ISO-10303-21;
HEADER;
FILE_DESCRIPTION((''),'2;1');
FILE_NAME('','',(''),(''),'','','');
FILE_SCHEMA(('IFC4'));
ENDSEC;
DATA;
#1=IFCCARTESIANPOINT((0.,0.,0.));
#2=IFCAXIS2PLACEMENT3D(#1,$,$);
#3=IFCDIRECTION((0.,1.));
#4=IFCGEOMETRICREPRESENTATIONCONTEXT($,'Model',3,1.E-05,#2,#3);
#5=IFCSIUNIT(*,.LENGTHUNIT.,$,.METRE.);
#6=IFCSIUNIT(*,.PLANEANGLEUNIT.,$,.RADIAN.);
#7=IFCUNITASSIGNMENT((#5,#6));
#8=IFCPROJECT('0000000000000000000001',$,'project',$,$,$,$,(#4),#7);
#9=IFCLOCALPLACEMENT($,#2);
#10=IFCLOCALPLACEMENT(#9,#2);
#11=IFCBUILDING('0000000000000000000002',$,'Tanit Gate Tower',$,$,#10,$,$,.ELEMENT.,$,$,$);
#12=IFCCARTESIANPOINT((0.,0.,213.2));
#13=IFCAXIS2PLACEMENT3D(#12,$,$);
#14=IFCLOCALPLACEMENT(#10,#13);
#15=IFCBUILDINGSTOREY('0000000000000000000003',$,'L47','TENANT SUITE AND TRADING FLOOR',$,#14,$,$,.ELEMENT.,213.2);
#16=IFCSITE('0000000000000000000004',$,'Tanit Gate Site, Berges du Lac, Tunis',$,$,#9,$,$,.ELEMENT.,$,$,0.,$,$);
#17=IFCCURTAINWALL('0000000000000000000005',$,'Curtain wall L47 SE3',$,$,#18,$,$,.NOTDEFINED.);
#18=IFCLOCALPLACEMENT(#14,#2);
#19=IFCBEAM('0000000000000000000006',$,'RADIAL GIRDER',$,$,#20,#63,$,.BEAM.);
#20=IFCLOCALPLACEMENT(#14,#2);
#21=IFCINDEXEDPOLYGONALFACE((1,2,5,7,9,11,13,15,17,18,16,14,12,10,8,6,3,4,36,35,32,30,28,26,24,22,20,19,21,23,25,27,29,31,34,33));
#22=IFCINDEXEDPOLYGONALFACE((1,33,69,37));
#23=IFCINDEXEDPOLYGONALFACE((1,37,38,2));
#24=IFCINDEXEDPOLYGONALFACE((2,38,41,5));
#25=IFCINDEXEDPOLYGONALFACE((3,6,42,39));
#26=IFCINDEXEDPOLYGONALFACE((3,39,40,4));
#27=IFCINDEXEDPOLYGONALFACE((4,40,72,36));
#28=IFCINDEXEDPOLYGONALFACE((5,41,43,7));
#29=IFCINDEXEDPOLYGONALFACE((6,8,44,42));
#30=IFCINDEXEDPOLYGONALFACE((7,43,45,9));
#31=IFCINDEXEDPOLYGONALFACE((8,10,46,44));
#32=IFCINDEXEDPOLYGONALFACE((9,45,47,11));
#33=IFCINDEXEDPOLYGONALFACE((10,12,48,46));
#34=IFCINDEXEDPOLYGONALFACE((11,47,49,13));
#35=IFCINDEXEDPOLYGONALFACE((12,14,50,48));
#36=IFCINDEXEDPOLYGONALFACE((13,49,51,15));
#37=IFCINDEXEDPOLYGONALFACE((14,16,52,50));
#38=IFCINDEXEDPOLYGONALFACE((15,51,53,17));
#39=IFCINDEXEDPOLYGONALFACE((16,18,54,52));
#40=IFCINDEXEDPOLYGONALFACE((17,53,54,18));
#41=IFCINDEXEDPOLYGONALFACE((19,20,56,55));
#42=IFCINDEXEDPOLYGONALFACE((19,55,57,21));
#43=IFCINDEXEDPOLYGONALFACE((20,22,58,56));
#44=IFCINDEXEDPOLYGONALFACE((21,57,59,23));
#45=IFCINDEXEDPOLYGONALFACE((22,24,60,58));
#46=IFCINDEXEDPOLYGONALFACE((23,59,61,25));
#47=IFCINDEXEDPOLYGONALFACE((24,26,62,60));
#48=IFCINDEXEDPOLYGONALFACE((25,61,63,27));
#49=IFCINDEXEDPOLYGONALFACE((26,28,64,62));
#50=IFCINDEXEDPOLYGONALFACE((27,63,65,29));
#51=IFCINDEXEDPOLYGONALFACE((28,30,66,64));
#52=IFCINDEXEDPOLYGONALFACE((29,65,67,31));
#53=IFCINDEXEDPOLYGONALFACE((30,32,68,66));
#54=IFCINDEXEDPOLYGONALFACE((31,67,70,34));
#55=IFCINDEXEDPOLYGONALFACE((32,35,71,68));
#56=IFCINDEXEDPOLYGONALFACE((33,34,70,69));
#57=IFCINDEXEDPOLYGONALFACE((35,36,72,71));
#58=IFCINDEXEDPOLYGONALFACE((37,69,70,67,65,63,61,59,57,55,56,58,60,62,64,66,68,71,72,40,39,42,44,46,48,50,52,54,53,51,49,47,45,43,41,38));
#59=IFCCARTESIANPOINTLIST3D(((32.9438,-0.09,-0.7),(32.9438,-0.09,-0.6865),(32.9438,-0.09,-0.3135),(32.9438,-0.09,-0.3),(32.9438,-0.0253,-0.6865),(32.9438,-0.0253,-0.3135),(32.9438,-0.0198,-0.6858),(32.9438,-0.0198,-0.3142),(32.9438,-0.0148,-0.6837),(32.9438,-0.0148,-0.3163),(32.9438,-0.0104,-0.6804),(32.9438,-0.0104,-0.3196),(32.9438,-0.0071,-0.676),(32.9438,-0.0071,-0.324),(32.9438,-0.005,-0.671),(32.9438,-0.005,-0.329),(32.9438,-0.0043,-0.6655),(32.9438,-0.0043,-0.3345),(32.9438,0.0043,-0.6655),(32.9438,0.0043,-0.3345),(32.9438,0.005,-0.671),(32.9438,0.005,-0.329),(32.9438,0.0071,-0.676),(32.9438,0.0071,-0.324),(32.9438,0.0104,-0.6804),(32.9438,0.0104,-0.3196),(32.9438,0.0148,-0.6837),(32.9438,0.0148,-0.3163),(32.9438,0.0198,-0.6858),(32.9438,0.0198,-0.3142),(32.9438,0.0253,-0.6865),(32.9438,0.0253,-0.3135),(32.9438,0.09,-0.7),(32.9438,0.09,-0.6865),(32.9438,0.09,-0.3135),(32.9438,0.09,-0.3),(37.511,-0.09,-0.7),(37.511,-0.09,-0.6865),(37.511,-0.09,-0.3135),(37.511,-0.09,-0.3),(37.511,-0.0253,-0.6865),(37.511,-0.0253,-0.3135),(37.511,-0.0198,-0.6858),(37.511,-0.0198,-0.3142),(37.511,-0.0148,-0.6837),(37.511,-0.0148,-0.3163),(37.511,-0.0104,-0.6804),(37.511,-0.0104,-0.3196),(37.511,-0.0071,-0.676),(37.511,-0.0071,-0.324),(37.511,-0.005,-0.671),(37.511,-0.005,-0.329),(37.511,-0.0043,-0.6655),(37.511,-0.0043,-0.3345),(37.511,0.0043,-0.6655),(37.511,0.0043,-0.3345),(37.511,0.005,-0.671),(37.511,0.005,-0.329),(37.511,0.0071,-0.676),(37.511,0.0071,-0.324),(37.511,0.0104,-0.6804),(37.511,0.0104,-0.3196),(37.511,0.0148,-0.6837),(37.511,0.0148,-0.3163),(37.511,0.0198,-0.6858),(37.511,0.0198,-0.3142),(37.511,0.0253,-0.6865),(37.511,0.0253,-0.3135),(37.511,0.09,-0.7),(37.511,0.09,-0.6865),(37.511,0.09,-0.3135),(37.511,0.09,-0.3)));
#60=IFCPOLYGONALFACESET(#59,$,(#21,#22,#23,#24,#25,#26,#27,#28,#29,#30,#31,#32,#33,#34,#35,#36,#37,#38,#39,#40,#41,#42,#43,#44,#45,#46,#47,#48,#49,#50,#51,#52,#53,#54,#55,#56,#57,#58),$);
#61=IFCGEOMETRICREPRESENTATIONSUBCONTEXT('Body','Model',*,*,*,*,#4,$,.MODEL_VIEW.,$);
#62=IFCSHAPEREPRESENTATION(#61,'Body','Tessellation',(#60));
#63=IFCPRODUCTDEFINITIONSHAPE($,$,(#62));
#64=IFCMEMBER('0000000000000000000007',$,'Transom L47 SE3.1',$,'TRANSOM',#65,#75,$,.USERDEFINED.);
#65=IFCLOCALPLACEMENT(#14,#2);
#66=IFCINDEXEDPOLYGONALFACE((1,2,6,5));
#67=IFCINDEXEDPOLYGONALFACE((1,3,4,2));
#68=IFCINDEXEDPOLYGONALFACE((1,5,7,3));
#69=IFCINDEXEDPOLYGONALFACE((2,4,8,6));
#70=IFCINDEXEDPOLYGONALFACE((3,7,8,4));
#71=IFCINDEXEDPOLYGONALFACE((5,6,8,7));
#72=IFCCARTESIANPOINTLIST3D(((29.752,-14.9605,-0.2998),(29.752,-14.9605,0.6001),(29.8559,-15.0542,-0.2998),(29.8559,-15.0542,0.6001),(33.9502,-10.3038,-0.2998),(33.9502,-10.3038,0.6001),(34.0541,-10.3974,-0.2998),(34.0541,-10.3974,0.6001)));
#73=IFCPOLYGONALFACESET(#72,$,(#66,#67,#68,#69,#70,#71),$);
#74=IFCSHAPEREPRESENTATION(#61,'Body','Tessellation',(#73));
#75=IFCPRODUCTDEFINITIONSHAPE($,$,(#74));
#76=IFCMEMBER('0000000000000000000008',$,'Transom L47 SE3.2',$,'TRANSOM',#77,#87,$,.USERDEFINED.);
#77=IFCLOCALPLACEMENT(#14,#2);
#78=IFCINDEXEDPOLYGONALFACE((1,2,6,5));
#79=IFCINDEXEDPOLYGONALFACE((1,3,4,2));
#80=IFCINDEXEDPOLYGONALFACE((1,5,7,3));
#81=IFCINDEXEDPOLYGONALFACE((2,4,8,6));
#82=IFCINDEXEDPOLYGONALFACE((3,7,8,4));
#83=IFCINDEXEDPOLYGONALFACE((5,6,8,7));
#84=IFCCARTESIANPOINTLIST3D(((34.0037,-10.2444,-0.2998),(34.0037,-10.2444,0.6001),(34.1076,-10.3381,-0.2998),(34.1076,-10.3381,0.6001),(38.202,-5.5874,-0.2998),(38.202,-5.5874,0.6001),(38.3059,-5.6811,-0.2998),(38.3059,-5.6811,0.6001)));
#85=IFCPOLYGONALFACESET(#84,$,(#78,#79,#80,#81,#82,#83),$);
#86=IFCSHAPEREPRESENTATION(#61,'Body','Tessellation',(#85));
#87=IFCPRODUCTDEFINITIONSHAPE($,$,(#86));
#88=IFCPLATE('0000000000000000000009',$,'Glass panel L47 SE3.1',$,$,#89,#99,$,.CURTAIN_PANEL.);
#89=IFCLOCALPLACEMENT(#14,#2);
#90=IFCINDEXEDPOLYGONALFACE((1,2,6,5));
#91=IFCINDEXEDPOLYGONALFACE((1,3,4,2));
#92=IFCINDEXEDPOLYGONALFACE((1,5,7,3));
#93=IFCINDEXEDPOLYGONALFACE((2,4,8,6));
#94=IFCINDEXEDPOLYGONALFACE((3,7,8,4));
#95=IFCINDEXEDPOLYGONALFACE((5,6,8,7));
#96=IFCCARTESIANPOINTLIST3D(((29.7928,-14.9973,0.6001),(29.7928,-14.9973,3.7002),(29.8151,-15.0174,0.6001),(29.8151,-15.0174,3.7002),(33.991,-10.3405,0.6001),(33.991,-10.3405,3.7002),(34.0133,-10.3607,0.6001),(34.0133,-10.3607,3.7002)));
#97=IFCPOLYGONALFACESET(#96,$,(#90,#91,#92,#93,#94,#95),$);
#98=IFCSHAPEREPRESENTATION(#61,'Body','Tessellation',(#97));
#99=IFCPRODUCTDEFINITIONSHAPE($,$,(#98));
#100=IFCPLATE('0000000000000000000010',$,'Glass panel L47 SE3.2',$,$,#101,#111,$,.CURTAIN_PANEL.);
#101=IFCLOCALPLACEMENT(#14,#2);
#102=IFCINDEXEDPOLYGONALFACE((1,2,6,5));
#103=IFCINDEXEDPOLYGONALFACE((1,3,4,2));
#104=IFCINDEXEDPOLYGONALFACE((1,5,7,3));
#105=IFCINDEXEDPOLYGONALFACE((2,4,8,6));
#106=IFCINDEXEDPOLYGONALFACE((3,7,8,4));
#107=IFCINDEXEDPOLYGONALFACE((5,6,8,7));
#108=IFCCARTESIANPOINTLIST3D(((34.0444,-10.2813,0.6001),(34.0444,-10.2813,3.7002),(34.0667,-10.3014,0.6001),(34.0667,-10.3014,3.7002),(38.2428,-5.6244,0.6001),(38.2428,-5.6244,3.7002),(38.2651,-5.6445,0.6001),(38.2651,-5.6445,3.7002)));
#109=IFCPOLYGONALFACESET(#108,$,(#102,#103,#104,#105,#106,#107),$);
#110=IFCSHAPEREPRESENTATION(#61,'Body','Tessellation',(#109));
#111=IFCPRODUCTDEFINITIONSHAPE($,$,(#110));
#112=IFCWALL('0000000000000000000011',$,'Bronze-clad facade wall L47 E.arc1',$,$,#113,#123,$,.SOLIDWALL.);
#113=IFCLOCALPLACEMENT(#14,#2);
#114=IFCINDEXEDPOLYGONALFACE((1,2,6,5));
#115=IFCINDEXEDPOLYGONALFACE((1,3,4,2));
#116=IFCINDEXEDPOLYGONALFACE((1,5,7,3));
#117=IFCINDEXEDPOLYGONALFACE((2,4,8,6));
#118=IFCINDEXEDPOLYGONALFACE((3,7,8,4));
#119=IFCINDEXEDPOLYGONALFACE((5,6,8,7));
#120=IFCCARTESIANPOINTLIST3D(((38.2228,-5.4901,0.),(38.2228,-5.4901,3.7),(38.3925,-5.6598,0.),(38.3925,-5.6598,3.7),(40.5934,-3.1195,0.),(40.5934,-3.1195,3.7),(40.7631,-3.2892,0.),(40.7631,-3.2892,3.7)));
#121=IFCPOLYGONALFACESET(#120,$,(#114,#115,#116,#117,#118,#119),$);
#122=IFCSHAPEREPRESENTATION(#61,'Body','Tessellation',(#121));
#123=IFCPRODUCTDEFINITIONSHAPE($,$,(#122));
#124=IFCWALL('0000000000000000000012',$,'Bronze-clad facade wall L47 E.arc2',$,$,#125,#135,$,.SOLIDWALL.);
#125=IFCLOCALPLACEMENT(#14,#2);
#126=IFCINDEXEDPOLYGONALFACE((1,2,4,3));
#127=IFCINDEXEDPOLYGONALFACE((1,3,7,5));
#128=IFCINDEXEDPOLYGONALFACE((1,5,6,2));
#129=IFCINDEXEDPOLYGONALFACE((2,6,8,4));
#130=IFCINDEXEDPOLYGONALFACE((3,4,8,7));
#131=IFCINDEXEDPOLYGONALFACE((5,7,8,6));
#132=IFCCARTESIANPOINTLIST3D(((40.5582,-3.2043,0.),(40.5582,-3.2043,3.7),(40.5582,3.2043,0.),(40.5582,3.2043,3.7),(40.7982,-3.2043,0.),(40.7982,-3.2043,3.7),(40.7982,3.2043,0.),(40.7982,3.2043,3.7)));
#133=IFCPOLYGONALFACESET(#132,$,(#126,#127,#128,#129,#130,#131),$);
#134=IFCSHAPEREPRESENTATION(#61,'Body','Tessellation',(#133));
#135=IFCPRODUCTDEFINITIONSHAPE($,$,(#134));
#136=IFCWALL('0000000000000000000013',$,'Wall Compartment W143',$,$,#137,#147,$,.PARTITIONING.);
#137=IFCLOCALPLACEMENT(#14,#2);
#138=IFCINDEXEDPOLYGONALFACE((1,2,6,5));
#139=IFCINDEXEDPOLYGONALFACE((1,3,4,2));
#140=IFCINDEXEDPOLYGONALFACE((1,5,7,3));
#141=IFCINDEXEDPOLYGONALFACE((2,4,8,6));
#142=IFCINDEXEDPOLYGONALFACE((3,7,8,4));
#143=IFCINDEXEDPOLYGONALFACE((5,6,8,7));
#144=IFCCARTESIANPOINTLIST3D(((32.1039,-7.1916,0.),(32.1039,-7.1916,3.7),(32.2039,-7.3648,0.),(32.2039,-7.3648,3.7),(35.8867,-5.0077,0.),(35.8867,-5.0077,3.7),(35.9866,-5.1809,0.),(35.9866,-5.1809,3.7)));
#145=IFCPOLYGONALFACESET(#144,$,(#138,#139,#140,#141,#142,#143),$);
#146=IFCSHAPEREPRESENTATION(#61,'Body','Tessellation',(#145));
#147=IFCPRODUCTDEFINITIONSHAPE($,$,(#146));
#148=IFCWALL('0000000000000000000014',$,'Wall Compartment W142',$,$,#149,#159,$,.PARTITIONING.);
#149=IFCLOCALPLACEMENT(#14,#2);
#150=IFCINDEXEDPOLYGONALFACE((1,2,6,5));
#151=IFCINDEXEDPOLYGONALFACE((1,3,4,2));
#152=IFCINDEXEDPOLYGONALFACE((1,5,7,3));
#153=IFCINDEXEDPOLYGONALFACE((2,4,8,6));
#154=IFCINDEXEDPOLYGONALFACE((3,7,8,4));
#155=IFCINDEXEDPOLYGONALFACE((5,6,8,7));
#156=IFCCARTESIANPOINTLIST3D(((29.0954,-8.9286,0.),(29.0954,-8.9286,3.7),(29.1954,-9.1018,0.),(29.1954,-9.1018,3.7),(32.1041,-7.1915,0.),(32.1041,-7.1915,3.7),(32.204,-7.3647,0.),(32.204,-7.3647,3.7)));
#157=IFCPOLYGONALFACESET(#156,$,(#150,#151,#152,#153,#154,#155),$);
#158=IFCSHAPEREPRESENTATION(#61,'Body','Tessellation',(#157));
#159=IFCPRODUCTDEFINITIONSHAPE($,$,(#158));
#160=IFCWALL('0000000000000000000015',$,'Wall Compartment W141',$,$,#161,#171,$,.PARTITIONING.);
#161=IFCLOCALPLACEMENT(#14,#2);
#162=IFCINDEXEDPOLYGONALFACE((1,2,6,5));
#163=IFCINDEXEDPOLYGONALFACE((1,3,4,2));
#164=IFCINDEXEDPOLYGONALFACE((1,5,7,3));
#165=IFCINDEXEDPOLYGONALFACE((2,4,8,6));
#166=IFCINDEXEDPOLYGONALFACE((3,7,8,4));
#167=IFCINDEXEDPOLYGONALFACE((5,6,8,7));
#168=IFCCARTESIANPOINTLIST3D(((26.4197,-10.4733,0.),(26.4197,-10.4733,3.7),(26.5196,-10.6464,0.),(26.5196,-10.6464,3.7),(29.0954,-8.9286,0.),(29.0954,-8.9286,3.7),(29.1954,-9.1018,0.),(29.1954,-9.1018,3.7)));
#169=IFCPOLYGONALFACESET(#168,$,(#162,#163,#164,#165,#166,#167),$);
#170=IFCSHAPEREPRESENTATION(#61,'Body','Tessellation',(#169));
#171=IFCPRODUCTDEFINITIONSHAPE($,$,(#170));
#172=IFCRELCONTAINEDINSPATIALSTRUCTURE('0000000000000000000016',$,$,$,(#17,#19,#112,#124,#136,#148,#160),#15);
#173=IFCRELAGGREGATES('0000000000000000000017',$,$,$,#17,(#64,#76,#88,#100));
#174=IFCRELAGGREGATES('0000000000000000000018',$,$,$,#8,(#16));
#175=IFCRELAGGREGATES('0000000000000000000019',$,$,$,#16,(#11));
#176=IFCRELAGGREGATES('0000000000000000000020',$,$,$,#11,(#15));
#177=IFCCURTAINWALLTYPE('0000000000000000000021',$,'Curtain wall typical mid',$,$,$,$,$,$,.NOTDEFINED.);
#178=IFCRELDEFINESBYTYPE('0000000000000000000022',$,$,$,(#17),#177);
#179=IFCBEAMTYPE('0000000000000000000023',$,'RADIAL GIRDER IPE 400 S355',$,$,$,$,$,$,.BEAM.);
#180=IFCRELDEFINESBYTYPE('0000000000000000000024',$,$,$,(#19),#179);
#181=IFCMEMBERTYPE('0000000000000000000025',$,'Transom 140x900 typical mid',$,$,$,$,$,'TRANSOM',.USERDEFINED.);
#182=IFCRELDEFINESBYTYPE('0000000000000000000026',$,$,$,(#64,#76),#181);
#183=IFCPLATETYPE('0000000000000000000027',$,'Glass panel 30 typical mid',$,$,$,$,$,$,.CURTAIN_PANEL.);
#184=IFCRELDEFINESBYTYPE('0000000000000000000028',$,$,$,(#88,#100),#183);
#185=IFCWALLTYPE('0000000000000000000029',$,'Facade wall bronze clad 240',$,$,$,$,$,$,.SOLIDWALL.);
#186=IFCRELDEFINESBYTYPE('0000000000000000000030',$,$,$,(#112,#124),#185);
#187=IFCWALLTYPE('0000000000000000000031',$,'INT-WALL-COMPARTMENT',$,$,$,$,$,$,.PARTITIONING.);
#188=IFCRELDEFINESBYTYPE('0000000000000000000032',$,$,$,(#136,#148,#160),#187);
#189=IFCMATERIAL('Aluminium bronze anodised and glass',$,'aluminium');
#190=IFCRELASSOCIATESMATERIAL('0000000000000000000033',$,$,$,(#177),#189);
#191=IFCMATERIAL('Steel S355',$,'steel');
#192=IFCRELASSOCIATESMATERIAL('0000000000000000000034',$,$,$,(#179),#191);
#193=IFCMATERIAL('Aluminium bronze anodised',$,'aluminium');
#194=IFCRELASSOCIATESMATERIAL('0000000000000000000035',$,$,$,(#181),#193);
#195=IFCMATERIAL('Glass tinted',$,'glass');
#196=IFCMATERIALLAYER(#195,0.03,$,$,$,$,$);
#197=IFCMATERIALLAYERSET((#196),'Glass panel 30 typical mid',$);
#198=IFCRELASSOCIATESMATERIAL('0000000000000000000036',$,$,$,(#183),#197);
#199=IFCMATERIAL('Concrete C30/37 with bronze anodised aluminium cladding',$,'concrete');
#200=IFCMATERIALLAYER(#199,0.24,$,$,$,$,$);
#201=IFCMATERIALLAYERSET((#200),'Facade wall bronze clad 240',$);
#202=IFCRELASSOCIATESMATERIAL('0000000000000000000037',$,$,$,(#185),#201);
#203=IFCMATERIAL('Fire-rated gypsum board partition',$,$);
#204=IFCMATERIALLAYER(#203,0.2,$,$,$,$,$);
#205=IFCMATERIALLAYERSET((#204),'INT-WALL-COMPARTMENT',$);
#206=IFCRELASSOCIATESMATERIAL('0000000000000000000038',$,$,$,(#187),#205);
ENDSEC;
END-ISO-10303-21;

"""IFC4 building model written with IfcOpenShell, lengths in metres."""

from ifc_helpers import new_model, si_unit, direction, frame, frame_2d, origin, origin_2d, place, context, subcontext, project, spatial, rectangle, i_section, extrude, material, layer, layer_set, material_profile, profile_set, type_object, element, aggregate, save


model = new_model("IFC4")

# Units and contexts
model_context = context("Model", 3, precision=1e-05, world=origin(), true_north=direction((0.0, 1.0)))
body_context = subcontext(model_context, "Body", "Model", "MODEL_VIEW")
ifc_project = project(units=[si_unit("LENGTHUNIT", "METRE"), si_unit("PLANEANGLEUNIT", "RADIAN")], contexts=[model_context])

# Site, building, storey
site_placement = place(None, origin())
site = spatial("IfcSite", under=ifc_project, at=site_placement, Name="Tanit Gate Site, Berges du Lac, Tunis", CompositionType="ELEMENT", RefElevation=0.0)
building_placement = place(site_placement, origin())
building = spatial("IfcBuilding", under=site, at=building_placement, Name="Tanit Gate Tower", CompositionType="ELEMENT")
storey_placement = place(building_placement, frame((0.0, 0.0, 213.2)))
storey = spatial("IfcBuildingStorey", under=building, at=storey_placement, Name="L47", Description="TENANT SUITE AND TRADING FLOOR", CompositionType="ELEMENT", Elevation=213.2)

# Curtain wall
ifc_material_1 = material(Name="Aluminium bronze anodised and glass", Category="aluminium")
curtain_wall_type = type_object("IfcCurtainWallType", Name="Curtain wall typical mid", PredefinedType="NOTDEFINED", material=ifc_material_1)
curtain_wall_1_placement = place(storey_placement, origin())
curtain_wall_1 = element("IfcCurtainWall", 1, at=curtain_wall_1_placement, inside=storey, type_object=curtain_wall_type, Name="Curtain wall L47 SE3", PredefinedType="NOTDEFINED")

# Beam
ifc_material_2 = material(Name="Steel S355", Category="steel")
ifc_material_profile_1 = material_profile(ifc_material_2, i_section(OverallWidth=0.1799, OverallDepth=0.3999, WebThickness=0.0085, FlangeThickness=0.0134, FilletRadius=0.021, at=origin_2d()), Name="IPE 400")
ifc_profile_set_1 = profile_set([ifc_material_profile_1], Name="Steel S355")
beam_type_1 = type_object("IfcBeamType", Name="RADIAL GIRDER IPE 400 S355", PredefinedType="BEAM", material=ifc_profile_set_1)
beam_1_placement = place(storey_placement, frame((37.511, 0.0, -0.5), z_axis=(-1.0, 0.0, 0.0), x_axis=(0.0, -1.0, 0.0)))
element("IfcBeam", 2, at=beam_1_placement, inside=storey, type_object=beam_type_1, Name="RADIAL GIRDER", PredefinedType="BEAM", context=body_context, shape_type="SweptSolid", body=[
    extrude(i_section(OverallWidth=0.1799, OverallDepth=0.3999, WebThickness=0.0085, FlangeThickness=0.0134, FilletRadius=0.021, at=origin_2d()), origin(), (0.0, 0.0, 1.0), 4.5671),
])

# Members
ifc_material_3 = material(Name="Aluminium bronze anodised", Category="aluminium")
ifc_material_profile_2 = material_profile(ifc_material_3, rectangle(XDim=0.1399, YDim=0.8999, at=origin_2d()), Name="140x900 bronze transom")
ifc_profile_set_2 = profile_set([ifc_material_profile_2], Name="Aluminium bronze anodised")
member_type_1 = type_object("IfcMemberType", Name="Transom 140x900 typical mid", ElementType="TRANSOM", PredefinedType="USERDEFINED", material=ifc_profile_set_2)
member_1_placement = place(storey_placement, frame((29.804, -15.0073, 0.1501), z_axis=(0.669597, 0.742725, 0.0), x_axis=(-0.742725, 0.669597, 0.0)))
member_1 = element("IfcMember", 3, at=member_1_placement, type_object=member_type_1, Name="Transom L47 SE3.1", ObjectType="TRANSOM", PredefinedType="USERDEFINED", context=body_context, shape_type="SweptSolid", body=[
    extrude(rectangle(XDim=0.1399, YDim=0.8999, at=origin_2d()), origin(), (0.0, 0.0, 1.0), 6.2698),
])
member_2_placement = place(storey_placement, frame((34.0557, -10.2913, 0.1501), z_axis=(0.669578, 0.742742, 0.0), x_axis=(-0.742742, 0.669578, 0.0)))
member_2 = element("IfcMember", 4, at=member_2_placement, type_object=member_type_1, Name="Transom L47 SE3.2", ObjectType="TRANSOM", PredefinedType="USERDEFINED", context=body_context, shape_type="SweptSolid", body=[
    extrude(rectangle(XDim=0.1399, YDim=0.8999, at=origin_2d()), origin(), (0.0, 0.0, 1.0), 6.27),
])

# Plates
ifc_material_4 = material(Name="Glass tinted", Category="glass")
ifc_layer_1 = layer(ifc_material_4, 0.03)
ifc_layer_set_1 = layer_set([ifc_layer_1], Name="Glass panel 30 typical mid")
plate_type = type_object("IfcPlateType", Name="Glass panel 30 typical mid", PredefinedType="CURTAIN_PANEL", material=ifc_layer_set_1)
plate_1_placement = place(storey_placement, frame((31.9031, -12.679, 0.6001), z_axis=(0.0, 0.0, 1.0), x_axis=(0.669598, 0.742724, 0.0)))
plate_1 = element("IfcPlate", 5, at=plate_1_placement, type_object=plate_type, Name="Glass panel L47 SE3.1", PredefinedType="CURTAIN_PANEL", context=body_context, shape_type="SweptSolid", body=[
    extrude(rectangle(XDim=6.2698, YDim=0.03, at=origin_2d()), origin(), (0.0, 0.0, 1.0), 3.1001),
])
plate_2_placement = place(storey_placement, frame((36.1548, -7.9629, 0.6001), z_axis=(0.0, 0.0, 1.0), x_axis=(0.669598, 0.742724, 0.0)))
plate_2 = element("IfcPlate", 6, at=plate_2_placement, type_object=plate_type, Name="Glass panel L47 SE3.2", PredefinedType="CURTAIN_PANEL", context=body_context, shape_type="SweptSolid", body=[
    extrude(rectangle(XDim=6.27, YDim=0.03, at=origin_2d()), origin(), (0.0, 0.0, 1.0), 3.1001),
])
aggregate(curtain_wall_1, [member_1, member_2, plate_1, plate_2])

# Walls
ifc_material_5 = material(Name="Concrete C30/37 with bronze anodised aluminium cladding", Category="concrete")
ifc_layer_2 = layer(ifc_material_5, 0.24)
ifc_layer_set_2 = layer_set([ifc_layer_2], Name="Facade wall bronze clad 240")
wall_type_1 = type_object("IfcWallType", Name="Facade wall bronze clad 240", PredefinedType="SOLIDWALL", material=ifc_layer_set_2)
wall_1_placement = place(storey_placement, frame((38.3076, -5.575, 0.0), z_axis=(0.0, 0.0, 1.0), x_axis=(0.707107, 0.707107, 0.0)))
element("IfcWall", 7, at=wall_1_placement, inside=storey, type_object=wall_type_1, Name="Bronze-clad facade wall L47 E.arc1", PredefinedType="SOLIDWALL", context=body_context, shape_type="SweptSolid", body=[
    extrude(rectangle(XDim=3.3525, YDim=0.24, at=frame_2d((1.6763, 0.0))), origin(), (0.0, 0.0, 1.0), 3.7),
])
wall_2_placement = place(storey_placement, frame((40.6782, -3.2043, 0.0), z_axis=(0.0, 0.0, 1.0), x_axis=(0.0, 1.0, 0.0)))
element("IfcWall", 8, at=wall_2_placement, inside=storey, type_object=wall_type_1, Name="Bronze-clad facade wall L47 E.arc2", PredefinedType="SOLIDWALL", context=body_context, shape_type="SweptSolid", body=[
    extrude(rectangle(XDim=6.4087, YDim=0.24, at=frame_2d((3.2043, 0.0))), origin(), (0.0, 0.0, 1.0), 3.7),
])
ifc_material_6 = material(Name="Fire-rated gypsum board partition")
ifc_layer_3 = layer(ifc_material_6, 0.2)
ifc_layer_set_3 = layer_set([ifc_layer_3], Name="INT-WALL-COMPARTMENT")
wall_type_2 = type_object("IfcWallType", Name="INT-WALL-COMPARTMENT", PredefinedType="PARTITIONING", material=ifc_layer_set_3)
wall_3_placement = place(storey_placement, frame((35.9368, -5.0942, 0.0), z_axis=(0.0, 0.0, 1.0), x_axis=(-0.866037, -0.499981, 0.0)))
element("IfcWall", 9, at=wall_3_placement, inside=storey, type_object=wall_type_2, Name="Wall Compartment W143", PredefinedType="PARTITIONING", context=body_context, shape_type="SweptSolid", body=[
    extrude(rectangle(XDim=4.3679, YDim=0.2, at=frame_2d((2.1841, 0.0))), origin(), (0.0, 0.0, 1.0), 3.7),
])
wall_4_placement = place(storey_placement, frame((32.1541, -7.2781, 0.0), z_axis=(0.0, 0.0, 1.0), x_axis=(-0.866016, -0.500016, 0.0)))
element("IfcWall", 10, at=wall_4_placement, inside=storey, type_object=wall_type_2, Name="Wall Compartment W142", PredefinedType="PARTITIONING", context=body_context, shape_type="SweptSolid", body=[
    extrude(rectangle(XDim=3.4741, YDim=0.2, at=frame_2d((1.7371, 0.0))), origin(), (0.0, 0.0, 1.0), 3.7),
])
wall_5_placement = place(storey_placement, frame((29.1455, -9.0151, 0.0), z_axis=(0.0, 0.0, 1.0), x_axis=(-0.866051, -0.499955, 0.0)))
element("IfcWall", 11, at=wall_5_placement, inside=storey, type_object=wall_type_2, Name="Wall Compartment W141", PredefinedType="PARTITIONING", context=body_context, shape_type="SweptSolid", body=[
    extrude(rectangle(XDim=3.0896, YDim=0.2, at=frame_2d((1.5449, 0.0))), origin(), (0.0, 0.0, 1.0), 3.7),
])

save(model, "model.ifc")
